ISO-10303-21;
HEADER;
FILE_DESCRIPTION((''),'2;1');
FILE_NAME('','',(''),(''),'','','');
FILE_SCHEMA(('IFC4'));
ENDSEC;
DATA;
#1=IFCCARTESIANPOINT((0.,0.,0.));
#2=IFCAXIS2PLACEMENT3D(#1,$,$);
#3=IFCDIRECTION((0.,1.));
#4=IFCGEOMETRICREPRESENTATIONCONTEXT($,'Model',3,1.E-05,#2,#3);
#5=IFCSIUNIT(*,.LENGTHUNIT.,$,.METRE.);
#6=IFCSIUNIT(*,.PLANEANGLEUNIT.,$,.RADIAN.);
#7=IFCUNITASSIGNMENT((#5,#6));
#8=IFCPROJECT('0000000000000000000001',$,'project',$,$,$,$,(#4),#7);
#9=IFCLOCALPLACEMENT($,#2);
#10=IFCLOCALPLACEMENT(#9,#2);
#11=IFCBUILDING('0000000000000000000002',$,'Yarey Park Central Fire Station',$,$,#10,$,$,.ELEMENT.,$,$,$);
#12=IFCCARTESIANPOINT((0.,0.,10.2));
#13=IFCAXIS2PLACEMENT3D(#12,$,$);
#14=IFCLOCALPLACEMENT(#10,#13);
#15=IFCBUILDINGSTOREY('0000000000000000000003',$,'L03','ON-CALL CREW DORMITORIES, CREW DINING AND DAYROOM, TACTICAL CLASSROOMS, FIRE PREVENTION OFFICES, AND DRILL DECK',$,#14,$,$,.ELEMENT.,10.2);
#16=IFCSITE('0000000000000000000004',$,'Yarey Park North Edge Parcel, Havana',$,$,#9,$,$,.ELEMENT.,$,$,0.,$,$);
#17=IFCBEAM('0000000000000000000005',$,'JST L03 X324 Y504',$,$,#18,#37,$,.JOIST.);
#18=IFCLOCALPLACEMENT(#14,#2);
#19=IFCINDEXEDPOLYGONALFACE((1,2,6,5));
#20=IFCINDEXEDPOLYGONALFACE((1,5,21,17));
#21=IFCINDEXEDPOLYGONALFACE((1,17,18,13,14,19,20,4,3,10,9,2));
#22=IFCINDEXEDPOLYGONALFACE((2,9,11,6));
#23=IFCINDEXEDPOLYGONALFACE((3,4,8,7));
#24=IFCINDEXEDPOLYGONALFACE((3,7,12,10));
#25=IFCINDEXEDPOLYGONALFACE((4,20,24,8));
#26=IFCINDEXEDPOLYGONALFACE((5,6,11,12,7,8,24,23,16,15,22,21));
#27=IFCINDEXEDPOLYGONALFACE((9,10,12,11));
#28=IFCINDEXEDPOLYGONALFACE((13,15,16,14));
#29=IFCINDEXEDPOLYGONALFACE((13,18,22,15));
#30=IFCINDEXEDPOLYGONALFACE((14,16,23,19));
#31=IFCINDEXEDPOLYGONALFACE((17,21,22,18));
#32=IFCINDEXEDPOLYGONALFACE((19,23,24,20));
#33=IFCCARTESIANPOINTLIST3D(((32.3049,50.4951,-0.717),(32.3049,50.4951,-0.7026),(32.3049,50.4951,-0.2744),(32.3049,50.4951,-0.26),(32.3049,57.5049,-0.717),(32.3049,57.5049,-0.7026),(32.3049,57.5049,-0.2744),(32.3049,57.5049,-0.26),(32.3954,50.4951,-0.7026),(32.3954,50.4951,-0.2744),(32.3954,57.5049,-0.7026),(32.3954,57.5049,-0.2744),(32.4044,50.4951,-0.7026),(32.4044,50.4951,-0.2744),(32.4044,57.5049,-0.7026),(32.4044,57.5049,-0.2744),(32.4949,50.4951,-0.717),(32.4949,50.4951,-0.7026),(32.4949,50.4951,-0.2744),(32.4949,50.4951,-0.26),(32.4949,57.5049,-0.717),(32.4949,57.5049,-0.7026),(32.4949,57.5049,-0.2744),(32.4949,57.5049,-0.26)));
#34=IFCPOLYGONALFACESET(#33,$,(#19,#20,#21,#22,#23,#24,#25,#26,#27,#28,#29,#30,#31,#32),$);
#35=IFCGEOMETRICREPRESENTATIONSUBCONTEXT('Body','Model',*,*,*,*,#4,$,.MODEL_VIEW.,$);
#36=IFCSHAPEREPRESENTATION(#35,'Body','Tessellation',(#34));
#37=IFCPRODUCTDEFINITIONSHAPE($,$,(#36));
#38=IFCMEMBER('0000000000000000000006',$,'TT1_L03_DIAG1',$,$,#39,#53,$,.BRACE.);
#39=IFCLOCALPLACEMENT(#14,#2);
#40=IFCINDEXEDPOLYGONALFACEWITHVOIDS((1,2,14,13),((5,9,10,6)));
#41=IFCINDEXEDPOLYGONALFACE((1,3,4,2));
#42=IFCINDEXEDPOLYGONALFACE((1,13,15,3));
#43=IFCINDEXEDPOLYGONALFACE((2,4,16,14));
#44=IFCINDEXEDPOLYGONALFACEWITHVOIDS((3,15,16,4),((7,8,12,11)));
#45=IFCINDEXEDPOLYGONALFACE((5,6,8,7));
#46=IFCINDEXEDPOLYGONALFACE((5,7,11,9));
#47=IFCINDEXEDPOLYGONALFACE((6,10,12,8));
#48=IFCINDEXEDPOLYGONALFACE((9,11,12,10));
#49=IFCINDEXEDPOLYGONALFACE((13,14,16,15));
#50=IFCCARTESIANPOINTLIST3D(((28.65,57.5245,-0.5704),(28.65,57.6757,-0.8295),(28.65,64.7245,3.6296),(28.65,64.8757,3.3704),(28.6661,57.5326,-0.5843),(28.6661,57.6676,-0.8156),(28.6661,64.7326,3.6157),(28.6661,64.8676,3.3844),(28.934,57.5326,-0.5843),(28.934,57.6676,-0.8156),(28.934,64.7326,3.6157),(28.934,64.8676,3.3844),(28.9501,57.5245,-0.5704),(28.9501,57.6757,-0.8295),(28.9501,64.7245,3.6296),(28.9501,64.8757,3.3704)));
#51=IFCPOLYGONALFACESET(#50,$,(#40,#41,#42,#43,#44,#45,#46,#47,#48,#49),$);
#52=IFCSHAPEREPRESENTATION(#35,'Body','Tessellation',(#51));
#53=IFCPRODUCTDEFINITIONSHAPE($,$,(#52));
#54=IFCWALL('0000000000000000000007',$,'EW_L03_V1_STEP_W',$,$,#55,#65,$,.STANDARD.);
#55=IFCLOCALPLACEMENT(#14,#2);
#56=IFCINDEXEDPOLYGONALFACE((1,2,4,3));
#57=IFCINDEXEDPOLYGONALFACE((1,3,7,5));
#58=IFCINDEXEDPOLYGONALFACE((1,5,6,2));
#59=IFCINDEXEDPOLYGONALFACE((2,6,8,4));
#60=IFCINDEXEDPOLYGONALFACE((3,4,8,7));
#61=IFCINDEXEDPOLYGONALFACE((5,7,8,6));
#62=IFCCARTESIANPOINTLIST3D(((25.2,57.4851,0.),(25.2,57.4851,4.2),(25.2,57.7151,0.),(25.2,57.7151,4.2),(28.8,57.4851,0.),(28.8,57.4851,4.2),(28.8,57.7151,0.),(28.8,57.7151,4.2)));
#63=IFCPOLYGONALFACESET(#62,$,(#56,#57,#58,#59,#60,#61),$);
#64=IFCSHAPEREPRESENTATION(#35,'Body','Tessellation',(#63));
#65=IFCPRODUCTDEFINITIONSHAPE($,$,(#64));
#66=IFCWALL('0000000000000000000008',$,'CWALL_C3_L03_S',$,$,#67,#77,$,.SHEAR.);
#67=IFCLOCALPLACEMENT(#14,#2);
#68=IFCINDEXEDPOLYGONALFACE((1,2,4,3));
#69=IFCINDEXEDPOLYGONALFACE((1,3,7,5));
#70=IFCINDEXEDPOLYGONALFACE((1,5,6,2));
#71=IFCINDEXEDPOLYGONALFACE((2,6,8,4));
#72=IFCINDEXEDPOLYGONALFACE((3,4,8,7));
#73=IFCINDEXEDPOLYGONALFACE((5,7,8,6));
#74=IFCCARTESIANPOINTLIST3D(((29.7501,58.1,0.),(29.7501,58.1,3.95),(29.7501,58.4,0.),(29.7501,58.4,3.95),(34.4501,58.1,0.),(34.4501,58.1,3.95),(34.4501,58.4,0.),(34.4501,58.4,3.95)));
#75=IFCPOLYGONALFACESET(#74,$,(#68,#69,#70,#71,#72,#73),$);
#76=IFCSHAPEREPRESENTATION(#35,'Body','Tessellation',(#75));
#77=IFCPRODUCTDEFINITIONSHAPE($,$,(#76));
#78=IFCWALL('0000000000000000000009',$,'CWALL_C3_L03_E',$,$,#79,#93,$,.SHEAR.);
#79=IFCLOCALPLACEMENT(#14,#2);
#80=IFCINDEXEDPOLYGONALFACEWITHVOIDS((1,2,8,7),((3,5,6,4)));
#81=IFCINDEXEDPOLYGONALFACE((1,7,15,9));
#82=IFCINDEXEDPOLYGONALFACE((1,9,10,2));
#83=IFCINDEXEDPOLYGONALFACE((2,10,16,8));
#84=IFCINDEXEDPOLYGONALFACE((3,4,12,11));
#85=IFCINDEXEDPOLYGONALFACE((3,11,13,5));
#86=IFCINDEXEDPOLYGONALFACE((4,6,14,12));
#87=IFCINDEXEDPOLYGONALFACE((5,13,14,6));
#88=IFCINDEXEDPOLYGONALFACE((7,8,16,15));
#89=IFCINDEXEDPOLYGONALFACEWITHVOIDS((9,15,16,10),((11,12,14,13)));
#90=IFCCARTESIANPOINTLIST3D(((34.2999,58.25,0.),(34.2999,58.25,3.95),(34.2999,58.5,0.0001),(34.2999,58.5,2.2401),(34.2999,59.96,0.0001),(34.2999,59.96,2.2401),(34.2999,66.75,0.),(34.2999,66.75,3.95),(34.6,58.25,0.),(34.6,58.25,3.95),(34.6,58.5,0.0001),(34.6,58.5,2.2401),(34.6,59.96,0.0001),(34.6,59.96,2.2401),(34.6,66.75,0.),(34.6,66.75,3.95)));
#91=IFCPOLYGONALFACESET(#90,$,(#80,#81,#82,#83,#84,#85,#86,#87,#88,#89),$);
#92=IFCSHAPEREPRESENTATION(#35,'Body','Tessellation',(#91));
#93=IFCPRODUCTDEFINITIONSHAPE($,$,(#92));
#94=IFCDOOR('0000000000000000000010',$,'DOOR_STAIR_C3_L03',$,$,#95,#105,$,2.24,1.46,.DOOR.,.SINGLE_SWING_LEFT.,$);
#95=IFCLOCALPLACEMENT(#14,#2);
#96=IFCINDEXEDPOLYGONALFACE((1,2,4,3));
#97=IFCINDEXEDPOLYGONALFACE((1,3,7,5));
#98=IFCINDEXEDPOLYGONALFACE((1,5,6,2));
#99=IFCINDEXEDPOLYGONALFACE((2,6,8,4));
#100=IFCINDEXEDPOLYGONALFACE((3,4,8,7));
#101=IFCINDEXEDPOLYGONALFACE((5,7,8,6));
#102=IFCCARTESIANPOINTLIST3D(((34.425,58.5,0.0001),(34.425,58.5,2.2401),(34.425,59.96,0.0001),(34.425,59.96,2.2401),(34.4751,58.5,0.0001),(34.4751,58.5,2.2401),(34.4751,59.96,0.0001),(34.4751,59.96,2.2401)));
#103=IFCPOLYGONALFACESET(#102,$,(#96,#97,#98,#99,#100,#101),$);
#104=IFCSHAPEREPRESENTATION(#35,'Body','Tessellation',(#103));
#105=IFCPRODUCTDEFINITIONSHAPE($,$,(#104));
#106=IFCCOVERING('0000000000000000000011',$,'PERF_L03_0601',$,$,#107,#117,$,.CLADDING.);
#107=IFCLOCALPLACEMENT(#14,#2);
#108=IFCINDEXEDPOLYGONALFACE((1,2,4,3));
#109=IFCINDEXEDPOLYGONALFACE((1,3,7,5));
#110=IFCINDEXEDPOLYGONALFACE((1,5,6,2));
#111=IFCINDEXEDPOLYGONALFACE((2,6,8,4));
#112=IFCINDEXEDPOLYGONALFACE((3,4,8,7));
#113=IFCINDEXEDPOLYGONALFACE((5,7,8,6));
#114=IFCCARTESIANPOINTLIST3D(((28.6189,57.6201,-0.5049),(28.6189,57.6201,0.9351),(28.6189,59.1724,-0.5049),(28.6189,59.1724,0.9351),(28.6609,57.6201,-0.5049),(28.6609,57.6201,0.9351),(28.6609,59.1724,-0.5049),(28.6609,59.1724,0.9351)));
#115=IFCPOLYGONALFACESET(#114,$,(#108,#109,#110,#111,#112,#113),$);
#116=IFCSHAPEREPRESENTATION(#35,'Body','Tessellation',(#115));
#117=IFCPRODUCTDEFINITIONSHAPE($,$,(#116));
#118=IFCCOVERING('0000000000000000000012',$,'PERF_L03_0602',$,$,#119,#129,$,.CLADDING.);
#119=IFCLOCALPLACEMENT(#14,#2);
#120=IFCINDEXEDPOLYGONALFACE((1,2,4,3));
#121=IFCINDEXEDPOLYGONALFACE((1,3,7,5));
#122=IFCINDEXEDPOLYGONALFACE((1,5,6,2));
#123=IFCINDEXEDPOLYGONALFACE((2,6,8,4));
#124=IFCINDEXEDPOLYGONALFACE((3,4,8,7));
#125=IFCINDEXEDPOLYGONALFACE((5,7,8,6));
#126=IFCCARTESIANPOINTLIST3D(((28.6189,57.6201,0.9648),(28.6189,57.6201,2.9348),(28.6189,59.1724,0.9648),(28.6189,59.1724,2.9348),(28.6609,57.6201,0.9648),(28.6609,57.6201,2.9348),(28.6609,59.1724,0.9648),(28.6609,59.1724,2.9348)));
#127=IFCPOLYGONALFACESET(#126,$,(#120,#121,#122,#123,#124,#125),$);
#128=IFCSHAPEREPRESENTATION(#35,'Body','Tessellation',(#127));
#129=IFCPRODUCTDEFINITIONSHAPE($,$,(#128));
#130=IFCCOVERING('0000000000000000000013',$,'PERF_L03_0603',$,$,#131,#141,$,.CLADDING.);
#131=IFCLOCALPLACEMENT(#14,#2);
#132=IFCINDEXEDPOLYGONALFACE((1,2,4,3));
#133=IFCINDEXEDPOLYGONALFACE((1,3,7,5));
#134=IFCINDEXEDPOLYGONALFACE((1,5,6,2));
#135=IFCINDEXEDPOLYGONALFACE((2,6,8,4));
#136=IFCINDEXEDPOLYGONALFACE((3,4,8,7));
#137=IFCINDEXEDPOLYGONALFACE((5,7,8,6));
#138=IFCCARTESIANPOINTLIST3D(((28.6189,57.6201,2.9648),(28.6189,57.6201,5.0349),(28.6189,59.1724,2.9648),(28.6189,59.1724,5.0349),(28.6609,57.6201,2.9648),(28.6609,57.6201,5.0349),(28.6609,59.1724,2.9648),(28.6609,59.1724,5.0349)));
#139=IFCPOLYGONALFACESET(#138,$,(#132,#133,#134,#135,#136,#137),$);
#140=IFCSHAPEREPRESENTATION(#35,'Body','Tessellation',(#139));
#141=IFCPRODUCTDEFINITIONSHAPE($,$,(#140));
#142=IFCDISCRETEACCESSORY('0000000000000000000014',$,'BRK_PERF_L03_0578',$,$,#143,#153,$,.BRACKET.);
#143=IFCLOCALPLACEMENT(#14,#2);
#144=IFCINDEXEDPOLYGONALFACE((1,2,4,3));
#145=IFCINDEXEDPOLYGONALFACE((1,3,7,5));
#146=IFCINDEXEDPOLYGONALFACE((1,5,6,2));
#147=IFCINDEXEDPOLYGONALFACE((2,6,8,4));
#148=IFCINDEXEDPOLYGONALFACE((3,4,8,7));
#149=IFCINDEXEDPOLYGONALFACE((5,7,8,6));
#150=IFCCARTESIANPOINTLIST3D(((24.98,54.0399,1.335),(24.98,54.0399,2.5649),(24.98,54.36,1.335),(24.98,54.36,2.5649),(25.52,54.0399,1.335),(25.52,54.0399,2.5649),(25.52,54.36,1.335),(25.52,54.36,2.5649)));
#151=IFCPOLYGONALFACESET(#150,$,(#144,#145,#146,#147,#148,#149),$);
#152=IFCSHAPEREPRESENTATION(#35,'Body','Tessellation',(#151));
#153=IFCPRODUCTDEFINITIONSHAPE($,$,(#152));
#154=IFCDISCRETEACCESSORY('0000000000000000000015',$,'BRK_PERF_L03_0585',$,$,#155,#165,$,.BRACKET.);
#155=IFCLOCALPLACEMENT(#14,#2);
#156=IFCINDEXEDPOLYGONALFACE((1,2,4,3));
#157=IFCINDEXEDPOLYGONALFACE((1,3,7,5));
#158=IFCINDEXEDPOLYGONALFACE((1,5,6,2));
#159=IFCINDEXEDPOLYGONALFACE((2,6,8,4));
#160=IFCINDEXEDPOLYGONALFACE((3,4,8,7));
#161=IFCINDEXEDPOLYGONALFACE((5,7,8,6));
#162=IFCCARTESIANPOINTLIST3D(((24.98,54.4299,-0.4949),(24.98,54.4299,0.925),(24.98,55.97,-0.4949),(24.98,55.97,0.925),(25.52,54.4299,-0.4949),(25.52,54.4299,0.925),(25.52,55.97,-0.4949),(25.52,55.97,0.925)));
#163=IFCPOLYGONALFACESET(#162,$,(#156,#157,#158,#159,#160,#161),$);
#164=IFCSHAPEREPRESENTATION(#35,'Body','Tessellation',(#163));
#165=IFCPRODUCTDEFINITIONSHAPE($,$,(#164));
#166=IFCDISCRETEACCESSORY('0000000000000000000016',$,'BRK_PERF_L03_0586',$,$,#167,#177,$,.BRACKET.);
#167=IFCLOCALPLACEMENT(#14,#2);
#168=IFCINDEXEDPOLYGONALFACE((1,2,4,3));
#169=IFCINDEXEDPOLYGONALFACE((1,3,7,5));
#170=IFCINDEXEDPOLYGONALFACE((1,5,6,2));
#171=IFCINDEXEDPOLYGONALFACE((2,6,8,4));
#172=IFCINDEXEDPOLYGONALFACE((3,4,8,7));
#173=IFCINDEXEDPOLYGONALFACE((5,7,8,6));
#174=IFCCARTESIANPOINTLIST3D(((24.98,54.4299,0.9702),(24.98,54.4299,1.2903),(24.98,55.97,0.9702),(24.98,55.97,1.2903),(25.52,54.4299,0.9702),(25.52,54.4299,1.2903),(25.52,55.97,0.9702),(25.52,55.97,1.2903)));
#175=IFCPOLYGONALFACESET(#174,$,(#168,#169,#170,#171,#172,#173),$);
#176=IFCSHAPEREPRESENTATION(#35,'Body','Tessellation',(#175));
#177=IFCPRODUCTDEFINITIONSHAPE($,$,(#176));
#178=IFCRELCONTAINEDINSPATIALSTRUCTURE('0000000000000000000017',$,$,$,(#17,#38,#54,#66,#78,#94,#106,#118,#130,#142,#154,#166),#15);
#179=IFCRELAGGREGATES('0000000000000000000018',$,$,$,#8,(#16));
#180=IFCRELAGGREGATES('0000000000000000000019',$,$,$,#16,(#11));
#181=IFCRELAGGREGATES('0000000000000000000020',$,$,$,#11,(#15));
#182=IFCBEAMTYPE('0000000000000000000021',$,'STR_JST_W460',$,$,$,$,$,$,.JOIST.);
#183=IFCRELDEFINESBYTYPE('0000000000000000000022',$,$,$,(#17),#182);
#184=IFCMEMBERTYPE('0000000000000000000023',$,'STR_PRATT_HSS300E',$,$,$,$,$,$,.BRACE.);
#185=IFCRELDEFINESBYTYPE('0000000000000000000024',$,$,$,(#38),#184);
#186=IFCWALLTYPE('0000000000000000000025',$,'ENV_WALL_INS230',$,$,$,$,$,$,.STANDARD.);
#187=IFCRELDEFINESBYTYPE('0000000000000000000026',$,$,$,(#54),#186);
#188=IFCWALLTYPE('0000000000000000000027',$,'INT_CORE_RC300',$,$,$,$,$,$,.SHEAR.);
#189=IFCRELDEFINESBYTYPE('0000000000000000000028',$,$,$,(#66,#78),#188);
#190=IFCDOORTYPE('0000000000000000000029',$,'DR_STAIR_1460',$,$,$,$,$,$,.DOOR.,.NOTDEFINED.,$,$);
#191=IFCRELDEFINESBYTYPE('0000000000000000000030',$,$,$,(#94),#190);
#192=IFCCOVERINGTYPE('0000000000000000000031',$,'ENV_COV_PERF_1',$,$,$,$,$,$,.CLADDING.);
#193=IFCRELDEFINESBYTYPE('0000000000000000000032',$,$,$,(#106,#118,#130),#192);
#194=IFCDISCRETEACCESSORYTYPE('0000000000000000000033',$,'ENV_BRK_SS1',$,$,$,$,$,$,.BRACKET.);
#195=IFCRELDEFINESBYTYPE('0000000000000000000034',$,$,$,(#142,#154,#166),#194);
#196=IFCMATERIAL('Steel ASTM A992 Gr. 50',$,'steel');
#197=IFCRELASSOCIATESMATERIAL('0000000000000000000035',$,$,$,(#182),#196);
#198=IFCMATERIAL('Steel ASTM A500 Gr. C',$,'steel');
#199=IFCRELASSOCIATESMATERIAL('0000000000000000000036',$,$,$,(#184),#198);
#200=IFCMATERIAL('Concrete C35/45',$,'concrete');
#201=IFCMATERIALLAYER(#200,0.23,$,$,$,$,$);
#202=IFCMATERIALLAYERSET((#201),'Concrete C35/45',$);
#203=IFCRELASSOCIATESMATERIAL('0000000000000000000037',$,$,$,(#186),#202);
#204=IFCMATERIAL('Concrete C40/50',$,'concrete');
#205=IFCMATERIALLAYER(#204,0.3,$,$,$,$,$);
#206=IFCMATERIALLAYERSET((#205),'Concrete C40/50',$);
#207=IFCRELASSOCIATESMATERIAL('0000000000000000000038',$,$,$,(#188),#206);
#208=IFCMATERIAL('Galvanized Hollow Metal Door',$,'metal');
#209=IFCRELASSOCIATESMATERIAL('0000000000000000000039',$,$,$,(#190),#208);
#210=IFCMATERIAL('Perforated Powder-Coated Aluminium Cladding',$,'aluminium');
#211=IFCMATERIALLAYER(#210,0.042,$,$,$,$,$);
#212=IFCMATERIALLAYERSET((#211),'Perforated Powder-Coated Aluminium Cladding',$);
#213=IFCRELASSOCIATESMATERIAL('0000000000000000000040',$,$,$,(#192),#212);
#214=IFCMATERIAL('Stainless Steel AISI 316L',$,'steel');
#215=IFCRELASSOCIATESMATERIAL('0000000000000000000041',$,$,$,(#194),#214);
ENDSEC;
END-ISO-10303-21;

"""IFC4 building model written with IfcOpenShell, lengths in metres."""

from ifc_helpers import new_model, si_unit, direction, frame, frame_2d, origin, origin_2d, place, context, subcontext, project, spatial, rectangle, hollow_rectangle, i_section, extrude, material, layer, layer_set, material_profile, profile_set, type_object, element, fill, save


model = new_model("IFC4")

# Units and contexts
model_context = context("Model", 3, precision=1e-05, world=origin(), true_north=direction((0.0, 1.0)))
body_context = subcontext(model_context, "Body", "Model", "MODEL_VIEW")
ifc_project = project(units=[si_unit("LENGTHUNIT", "METRE"), si_unit("PLANEANGLEUNIT", "RADIAN")], contexts=[model_context])

# Site, building, storey
site_placement = place(None, origin())
site = spatial("IfcSite", under=ifc_project, at=site_placement, Name="Yarey Park North Edge Parcel, Havana", CompositionType="ELEMENT", RefElevation=0.0)
building_placement = place(site_placement, origin())
building = spatial("IfcBuilding", under=site, at=building_placement, Name="Yarey Park Central Fire Station", CompositionType="ELEMENT")
storey_placement = place(building_placement, frame((0.0, 0.0, 10.2)))
storey = spatial("IfcBuildingStorey", under=building, at=storey_placement, Name="L03", Description="ON-CALL CREW DORMITORIES, CREW DINING AND DAYROOM, TACTICAL CLASSROOMS, FIRE PREVENTION OFFICES, AND DRILL DECK", CompositionType="ELEMENT", Elevation=10.2)

# Shared definitions
ifc_material_1 = material(Name="Steel ASTM A992 Gr. 50", Category="steel")

# Beam
ifc_material_profile_1 = material_profile(ifc_material_1, i_section(OverallWidth=0.1899, OverallDepth=0.457, WebThickness=0.009, FlangeThickness=0.0144, at=origin_2d()), Name="W460x74")
ifc_profile_set_1 = profile_set([ifc_material_profile_1], Name="Steel ASTM A992 Gr. 50")
beam_type_1 = type_object("IfcBeamType", Name="STR_JST_W460", PredefinedType="JOIST", material=ifc_profile_set_1)
beam_1_placement = place(storey_placement, frame((32.3999, 50.4951, -0.4885), z_axis=(0.0, 1.0, 0.0), x_axis=(-1.0, 0.0, 0.0)))
element("IfcBeam", 1, at=beam_1_placement, inside=storey, type_object=beam_type_1, Name="JST L03 X324 Y504", PredefinedType="JOIST", context=body_context, shape_type="SweptSolid", body=[
    extrude(i_section(OverallWidth=0.1899, OverallDepth=0.457, WebThickness=0.009, FlangeThickness=0.0144, at=origin_2d()), origin(), (0.0, 0.0, 1.0), 7.0098),
])

# Member
ifc_material_2 = material(Name="Steel ASTM A500 Gr. C", Category="steel")
ifc_material_profile_2 = material_profile(ifc_material_2, hollow_rectangle(XDim=0.3, YDim=0.3, WallThickness=0.0161, at=origin_2d()), Name="HSS 300x300x16")
ifc_profile_set_2 = profile_set([ifc_material_profile_2], Name="Steel ASTM A500 Gr. C")
member_type = type_object("IfcMemberType", Name="STR_PRATT_HSS300E", PredefinedType="BRACE", material=ifc_profile_set_2)
member_placement = place(storey_placement, frame((28.8, 57.6001, -0.7), z_axis=(0.0, 0.86378, 0.503869), x_axis=(-1.0, 0.0, 0.0)))
element("IfcMember", 2, at=member_placement, inside=storey, type_object=member_type, Name="TT1_L03_DIAG1", PredefinedType="BRACE", context=body_context, shape_type="SweptSolid", body=[
    extrude(hollow_rectangle(XDim=0.3, YDim=0.3, WallThickness=0.0161, at=origin_2d()), origin(), (0.0, 0.0, 1.0), 8.3354),
])

# Walls
ifc_material_3 = material(Name="Concrete C35/45", Category="concrete")
ifc_layer_1 = layer(ifc_material_3, 0.23)
ifc_layer_set_1 = layer_set([ifc_layer_1], Name="Concrete C35/45")
wall_type_1 = type_object("IfcWallType", Name="ENV_WALL_INS230", PredefinedType="STANDARD", material=ifc_layer_set_1)
wall_1_placement = place(storey_placement, frame((28.8, 57.6001, 0.0), z_axis=(0.0, 0.0, 1.0), x_axis=(-1.0, 0.0, 0.0)))
element("IfcWall", 3, at=wall_1_placement, inside=storey, type_object=wall_type_1, Name="EW_L03_V1_STEP_W", PredefinedType="STANDARD", context=body_context, shape_type="SweptSolid", body=[
    extrude(rectangle(XDim=3.6001, YDim=0.23, at=frame_2d((1.8, 0.0))), origin(), (0.0, 0.0, 1.0), 4.2),
])
ifc_material_4 = material(Name="Concrete C40/50", Category="concrete")
ifc_layer_2 = layer(ifc_material_4, 0.3)
ifc_layer_set_2 = layer_set([ifc_layer_2], Name="Concrete C40/50")
wall_type_2 = type_object("IfcWallType", Name="INT_CORE_RC300", PredefinedType="SHEAR", material=ifc_layer_set_2)
wall_2_placement = place(storey_placement, frame((29.75, 58.25, 0.0), z_axis=(0.0, 0.0, 1.0), x_axis=(1.0, 0.0, 0.0)))
element("IfcWall", 4, at=wall_2_placement, inside=storey, type_object=wall_type_2, Name="CWALL_C3_L03_S", PredefinedType="SHEAR", context=body_context, shape_type="SweptSolid", body=[
    extrude(rectangle(XDim=4.7, YDim=0.3, at=frame_2d((2.3501, 0.0))), origin(), (0.0, 0.0, 1.0), 3.95),
])

# Wall, opening, door
wall_3_placement = place(storey_placement, frame((34.45, 58.25, 0.0), z_axis=(0.0, 0.0, 1.0), x_axis=(0.0, 1.0, 0.0)))
wall_3 = element("IfcWall", 5, at=wall_3_placement, inside=storey, type_object=wall_type_2, Name="CWALL_C3_L03_E", PredefinedType="SHEAR", context=body_context, shape_type="SweptSolid", body=[
    extrude(rectangle(XDim=8.5, YDim=0.3, at=frame_2d((4.25, 0.0))), origin(), (0.0, 0.0, 1.0), 3.95),
])
opening_placement = place(wall_3_placement, frame((0.25, 0.0, 0.0)))
opening = element("IfcOpeningElement", 6, at=opening_placement, cuts=wall_3, PredefinedType="OPENING", context=body_context, shape_type="SweptSolid", body=[
    extrude(rectangle(XDim=1.46, YDim=2.24, at=frame_2d((0.73, 1.1201))), frame((0.0, 0.1599, 0.0), z_axis=(0.0, -1.0, 0.0), x_axis=(1.0, 0.0, 0.0)), (0.0, 0.0, 1.0), 0.3201),
])
ifc_material_5 = material(Name="Galvanized Hollow Metal Door", Category="metal")
door_type = type_object("IfcDoorType", Name="DR_STAIR_1460", OperationType="NOTDEFINED", PredefinedType="DOOR", material=ifc_material_5)
door_placement = place(opening_placement, origin())
door = element("IfcDoor", 7, at=door_placement, inside=storey, type_object=door_type, Name="DOOR_STAIR_C3_L03", OperationType="SINGLE_SWING_LEFT", OverallHeight=2.24, OverallWidth=1.46, PredefinedType="DOOR", context=body_context, shape_type="SweptSolid", body=[
    extrude(rectangle(XDim=1.46, YDim=2.24, at=frame_2d((0.73, 1.1201))), frame((0.0, 0.0249, 0.0), z_axis=(0.0, -1.0, 0.0), x_axis=(1.0, 0.0, 0.0)), (0.0, 0.0, 1.0), 0.05),
])
fill(opening, door)

# Coverings
ifc_material_6 = material(Name="Perforated Powder-Coated Aluminium Cladding", Category="aluminium")
ifc_layer_3 = layer(ifc_material_6, 0.042)
ifc_layer_set_3 = layer_set([ifc_layer_3], Name="Perforated Powder-Coated Aluminium Cladding")
covering_type = type_object("IfcCoveringType", Name="ENV_COV_PERF_1", PredefinedType="CLADDING", material=ifc_layer_set_3)
covering_1_placement = place(storey_placement, frame((28.6399, 58.3962, -0.5049), z_axis=(0.0, 0.0, 1.0), x_axis=(0.0, 1.0, 0.0)))
element("IfcCovering", 8, at=covering_1_placement, inside=storey, type_object=covering_type, Name="PERF_L03_0601", PredefinedType="CLADDING", context=body_context, shape_type="SweptSolid", body=[
    extrude(rectangle(XDim=1.5522, YDim=0.042, at=origin_2d()), origin(), (0.0, 0.0, 1.0), 1.4399),
])
covering_2_placement = place(storey_placement, frame((28.6399, 58.3962, 0.9648), z_axis=(0.0, 0.0, 1.0), x_axis=(0.0, 1.0, 0.0)))
element("IfcCovering", 9, at=covering_2_placement, inside=storey, type_object=covering_type, Name="PERF_L03_0602", PredefinedType="CLADDING", context=body_context, shape_type="SweptSolid", body=[
    extrude(rectangle(XDim=1.5522, YDim=0.042, at=origin_2d()), origin(), (0.0, 0.0, 1.0), 1.97),
])
covering_3_placement = place(storey_placement, frame((28.6399, 58.3962, 2.9648), z_axis=(0.0, 0.0, 1.0), x_axis=(0.0, 1.0, 0.0)))
element("IfcCovering", 10, at=covering_3_placement, inside=storey, type_object=covering_type, Name="PERF_L03_0603", PredefinedType="CLADDING", context=body_context, shape_type="SweptSolid", body=[
    extrude(rectangle(XDim=1.5522, YDim=0.042, at=origin_2d()), origin(), (0.0, 0.0, 1.0), 2.0701),
])

# Discrete accessories
ifc_material_7 = material(Name="Stainless Steel AISI 316L", Category="steel")
discrete_accessory_type = type_object("IfcDiscreteAccessoryType", Name="ENV_BRK_SS1", PredefinedType="BRACKET", material=ifc_material_7)
discrete_accessory_1_placement = place(storey_placement, frame((25.25, 54.2, 1.335), z_axis=(0.0, 0.0, 1.0), x_axis=(1.0, 0.0, 0.0)))
element("IfcDiscreteAccessory", 11, at=discrete_accessory_1_placement, inside=storey, type_object=discrete_accessory_type, Name="BRK_PERF_L03_0578", PredefinedType="BRACKET", context=body_context, shape_type="SweptSolid", body=[
    extrude(rectangle(XDim=0.54, YDim=0.3201, at=origin_2d()), origin(), (0.0, 0.0, 1.0), 1.23),
])
discrete_accessory_2_placement = place(storey_placement, frame((25.25, 55.2, -0.4949), z_axis=(0.0, 0.0, 1.0), x_axis=(1.0, 0.0, 0.0)))
element("IfcDiscreteAccessory", 12, at=discrete_accessory_2_placement, inside=storey, type_object=discrete_accessory_type, Name="BRK_PERF_L03_0585", PredefinedType="BRACKET", context=body_context, shape_type="SweptSolid", body=[
    extrude(rectangle(XDim=0.54, YDim=1.54, at=origin_2d()), origin(), (0.0, 0.0, 1.0), 1.4199),
])
for number, where, z_axis, x_axis, name in (
    (13, (25.25, 55.2, 0.9702), (0.0, 0.0, 1.0), (1.0, 0.0, 0.0), "BRK_PERF_L03_0586"),
):
    element("IfcDiscreteAccessory", number, at=place(storey_placement, frame(where, z_axis=z_axis, x_axis=x_axis)), inside=storey, type_object=discrete_accessory_type, Name=name, PredefinedType="BRACKET", context=body_context, shape_type="SweptSolid", body=[
        extrude(rectangle(XDim=0.54, YDim=1.54, at=origin_2d()), origin(), (0.0, 0.0, 1.0), 0.3201),
    ])

save(model, "model.ifc")
